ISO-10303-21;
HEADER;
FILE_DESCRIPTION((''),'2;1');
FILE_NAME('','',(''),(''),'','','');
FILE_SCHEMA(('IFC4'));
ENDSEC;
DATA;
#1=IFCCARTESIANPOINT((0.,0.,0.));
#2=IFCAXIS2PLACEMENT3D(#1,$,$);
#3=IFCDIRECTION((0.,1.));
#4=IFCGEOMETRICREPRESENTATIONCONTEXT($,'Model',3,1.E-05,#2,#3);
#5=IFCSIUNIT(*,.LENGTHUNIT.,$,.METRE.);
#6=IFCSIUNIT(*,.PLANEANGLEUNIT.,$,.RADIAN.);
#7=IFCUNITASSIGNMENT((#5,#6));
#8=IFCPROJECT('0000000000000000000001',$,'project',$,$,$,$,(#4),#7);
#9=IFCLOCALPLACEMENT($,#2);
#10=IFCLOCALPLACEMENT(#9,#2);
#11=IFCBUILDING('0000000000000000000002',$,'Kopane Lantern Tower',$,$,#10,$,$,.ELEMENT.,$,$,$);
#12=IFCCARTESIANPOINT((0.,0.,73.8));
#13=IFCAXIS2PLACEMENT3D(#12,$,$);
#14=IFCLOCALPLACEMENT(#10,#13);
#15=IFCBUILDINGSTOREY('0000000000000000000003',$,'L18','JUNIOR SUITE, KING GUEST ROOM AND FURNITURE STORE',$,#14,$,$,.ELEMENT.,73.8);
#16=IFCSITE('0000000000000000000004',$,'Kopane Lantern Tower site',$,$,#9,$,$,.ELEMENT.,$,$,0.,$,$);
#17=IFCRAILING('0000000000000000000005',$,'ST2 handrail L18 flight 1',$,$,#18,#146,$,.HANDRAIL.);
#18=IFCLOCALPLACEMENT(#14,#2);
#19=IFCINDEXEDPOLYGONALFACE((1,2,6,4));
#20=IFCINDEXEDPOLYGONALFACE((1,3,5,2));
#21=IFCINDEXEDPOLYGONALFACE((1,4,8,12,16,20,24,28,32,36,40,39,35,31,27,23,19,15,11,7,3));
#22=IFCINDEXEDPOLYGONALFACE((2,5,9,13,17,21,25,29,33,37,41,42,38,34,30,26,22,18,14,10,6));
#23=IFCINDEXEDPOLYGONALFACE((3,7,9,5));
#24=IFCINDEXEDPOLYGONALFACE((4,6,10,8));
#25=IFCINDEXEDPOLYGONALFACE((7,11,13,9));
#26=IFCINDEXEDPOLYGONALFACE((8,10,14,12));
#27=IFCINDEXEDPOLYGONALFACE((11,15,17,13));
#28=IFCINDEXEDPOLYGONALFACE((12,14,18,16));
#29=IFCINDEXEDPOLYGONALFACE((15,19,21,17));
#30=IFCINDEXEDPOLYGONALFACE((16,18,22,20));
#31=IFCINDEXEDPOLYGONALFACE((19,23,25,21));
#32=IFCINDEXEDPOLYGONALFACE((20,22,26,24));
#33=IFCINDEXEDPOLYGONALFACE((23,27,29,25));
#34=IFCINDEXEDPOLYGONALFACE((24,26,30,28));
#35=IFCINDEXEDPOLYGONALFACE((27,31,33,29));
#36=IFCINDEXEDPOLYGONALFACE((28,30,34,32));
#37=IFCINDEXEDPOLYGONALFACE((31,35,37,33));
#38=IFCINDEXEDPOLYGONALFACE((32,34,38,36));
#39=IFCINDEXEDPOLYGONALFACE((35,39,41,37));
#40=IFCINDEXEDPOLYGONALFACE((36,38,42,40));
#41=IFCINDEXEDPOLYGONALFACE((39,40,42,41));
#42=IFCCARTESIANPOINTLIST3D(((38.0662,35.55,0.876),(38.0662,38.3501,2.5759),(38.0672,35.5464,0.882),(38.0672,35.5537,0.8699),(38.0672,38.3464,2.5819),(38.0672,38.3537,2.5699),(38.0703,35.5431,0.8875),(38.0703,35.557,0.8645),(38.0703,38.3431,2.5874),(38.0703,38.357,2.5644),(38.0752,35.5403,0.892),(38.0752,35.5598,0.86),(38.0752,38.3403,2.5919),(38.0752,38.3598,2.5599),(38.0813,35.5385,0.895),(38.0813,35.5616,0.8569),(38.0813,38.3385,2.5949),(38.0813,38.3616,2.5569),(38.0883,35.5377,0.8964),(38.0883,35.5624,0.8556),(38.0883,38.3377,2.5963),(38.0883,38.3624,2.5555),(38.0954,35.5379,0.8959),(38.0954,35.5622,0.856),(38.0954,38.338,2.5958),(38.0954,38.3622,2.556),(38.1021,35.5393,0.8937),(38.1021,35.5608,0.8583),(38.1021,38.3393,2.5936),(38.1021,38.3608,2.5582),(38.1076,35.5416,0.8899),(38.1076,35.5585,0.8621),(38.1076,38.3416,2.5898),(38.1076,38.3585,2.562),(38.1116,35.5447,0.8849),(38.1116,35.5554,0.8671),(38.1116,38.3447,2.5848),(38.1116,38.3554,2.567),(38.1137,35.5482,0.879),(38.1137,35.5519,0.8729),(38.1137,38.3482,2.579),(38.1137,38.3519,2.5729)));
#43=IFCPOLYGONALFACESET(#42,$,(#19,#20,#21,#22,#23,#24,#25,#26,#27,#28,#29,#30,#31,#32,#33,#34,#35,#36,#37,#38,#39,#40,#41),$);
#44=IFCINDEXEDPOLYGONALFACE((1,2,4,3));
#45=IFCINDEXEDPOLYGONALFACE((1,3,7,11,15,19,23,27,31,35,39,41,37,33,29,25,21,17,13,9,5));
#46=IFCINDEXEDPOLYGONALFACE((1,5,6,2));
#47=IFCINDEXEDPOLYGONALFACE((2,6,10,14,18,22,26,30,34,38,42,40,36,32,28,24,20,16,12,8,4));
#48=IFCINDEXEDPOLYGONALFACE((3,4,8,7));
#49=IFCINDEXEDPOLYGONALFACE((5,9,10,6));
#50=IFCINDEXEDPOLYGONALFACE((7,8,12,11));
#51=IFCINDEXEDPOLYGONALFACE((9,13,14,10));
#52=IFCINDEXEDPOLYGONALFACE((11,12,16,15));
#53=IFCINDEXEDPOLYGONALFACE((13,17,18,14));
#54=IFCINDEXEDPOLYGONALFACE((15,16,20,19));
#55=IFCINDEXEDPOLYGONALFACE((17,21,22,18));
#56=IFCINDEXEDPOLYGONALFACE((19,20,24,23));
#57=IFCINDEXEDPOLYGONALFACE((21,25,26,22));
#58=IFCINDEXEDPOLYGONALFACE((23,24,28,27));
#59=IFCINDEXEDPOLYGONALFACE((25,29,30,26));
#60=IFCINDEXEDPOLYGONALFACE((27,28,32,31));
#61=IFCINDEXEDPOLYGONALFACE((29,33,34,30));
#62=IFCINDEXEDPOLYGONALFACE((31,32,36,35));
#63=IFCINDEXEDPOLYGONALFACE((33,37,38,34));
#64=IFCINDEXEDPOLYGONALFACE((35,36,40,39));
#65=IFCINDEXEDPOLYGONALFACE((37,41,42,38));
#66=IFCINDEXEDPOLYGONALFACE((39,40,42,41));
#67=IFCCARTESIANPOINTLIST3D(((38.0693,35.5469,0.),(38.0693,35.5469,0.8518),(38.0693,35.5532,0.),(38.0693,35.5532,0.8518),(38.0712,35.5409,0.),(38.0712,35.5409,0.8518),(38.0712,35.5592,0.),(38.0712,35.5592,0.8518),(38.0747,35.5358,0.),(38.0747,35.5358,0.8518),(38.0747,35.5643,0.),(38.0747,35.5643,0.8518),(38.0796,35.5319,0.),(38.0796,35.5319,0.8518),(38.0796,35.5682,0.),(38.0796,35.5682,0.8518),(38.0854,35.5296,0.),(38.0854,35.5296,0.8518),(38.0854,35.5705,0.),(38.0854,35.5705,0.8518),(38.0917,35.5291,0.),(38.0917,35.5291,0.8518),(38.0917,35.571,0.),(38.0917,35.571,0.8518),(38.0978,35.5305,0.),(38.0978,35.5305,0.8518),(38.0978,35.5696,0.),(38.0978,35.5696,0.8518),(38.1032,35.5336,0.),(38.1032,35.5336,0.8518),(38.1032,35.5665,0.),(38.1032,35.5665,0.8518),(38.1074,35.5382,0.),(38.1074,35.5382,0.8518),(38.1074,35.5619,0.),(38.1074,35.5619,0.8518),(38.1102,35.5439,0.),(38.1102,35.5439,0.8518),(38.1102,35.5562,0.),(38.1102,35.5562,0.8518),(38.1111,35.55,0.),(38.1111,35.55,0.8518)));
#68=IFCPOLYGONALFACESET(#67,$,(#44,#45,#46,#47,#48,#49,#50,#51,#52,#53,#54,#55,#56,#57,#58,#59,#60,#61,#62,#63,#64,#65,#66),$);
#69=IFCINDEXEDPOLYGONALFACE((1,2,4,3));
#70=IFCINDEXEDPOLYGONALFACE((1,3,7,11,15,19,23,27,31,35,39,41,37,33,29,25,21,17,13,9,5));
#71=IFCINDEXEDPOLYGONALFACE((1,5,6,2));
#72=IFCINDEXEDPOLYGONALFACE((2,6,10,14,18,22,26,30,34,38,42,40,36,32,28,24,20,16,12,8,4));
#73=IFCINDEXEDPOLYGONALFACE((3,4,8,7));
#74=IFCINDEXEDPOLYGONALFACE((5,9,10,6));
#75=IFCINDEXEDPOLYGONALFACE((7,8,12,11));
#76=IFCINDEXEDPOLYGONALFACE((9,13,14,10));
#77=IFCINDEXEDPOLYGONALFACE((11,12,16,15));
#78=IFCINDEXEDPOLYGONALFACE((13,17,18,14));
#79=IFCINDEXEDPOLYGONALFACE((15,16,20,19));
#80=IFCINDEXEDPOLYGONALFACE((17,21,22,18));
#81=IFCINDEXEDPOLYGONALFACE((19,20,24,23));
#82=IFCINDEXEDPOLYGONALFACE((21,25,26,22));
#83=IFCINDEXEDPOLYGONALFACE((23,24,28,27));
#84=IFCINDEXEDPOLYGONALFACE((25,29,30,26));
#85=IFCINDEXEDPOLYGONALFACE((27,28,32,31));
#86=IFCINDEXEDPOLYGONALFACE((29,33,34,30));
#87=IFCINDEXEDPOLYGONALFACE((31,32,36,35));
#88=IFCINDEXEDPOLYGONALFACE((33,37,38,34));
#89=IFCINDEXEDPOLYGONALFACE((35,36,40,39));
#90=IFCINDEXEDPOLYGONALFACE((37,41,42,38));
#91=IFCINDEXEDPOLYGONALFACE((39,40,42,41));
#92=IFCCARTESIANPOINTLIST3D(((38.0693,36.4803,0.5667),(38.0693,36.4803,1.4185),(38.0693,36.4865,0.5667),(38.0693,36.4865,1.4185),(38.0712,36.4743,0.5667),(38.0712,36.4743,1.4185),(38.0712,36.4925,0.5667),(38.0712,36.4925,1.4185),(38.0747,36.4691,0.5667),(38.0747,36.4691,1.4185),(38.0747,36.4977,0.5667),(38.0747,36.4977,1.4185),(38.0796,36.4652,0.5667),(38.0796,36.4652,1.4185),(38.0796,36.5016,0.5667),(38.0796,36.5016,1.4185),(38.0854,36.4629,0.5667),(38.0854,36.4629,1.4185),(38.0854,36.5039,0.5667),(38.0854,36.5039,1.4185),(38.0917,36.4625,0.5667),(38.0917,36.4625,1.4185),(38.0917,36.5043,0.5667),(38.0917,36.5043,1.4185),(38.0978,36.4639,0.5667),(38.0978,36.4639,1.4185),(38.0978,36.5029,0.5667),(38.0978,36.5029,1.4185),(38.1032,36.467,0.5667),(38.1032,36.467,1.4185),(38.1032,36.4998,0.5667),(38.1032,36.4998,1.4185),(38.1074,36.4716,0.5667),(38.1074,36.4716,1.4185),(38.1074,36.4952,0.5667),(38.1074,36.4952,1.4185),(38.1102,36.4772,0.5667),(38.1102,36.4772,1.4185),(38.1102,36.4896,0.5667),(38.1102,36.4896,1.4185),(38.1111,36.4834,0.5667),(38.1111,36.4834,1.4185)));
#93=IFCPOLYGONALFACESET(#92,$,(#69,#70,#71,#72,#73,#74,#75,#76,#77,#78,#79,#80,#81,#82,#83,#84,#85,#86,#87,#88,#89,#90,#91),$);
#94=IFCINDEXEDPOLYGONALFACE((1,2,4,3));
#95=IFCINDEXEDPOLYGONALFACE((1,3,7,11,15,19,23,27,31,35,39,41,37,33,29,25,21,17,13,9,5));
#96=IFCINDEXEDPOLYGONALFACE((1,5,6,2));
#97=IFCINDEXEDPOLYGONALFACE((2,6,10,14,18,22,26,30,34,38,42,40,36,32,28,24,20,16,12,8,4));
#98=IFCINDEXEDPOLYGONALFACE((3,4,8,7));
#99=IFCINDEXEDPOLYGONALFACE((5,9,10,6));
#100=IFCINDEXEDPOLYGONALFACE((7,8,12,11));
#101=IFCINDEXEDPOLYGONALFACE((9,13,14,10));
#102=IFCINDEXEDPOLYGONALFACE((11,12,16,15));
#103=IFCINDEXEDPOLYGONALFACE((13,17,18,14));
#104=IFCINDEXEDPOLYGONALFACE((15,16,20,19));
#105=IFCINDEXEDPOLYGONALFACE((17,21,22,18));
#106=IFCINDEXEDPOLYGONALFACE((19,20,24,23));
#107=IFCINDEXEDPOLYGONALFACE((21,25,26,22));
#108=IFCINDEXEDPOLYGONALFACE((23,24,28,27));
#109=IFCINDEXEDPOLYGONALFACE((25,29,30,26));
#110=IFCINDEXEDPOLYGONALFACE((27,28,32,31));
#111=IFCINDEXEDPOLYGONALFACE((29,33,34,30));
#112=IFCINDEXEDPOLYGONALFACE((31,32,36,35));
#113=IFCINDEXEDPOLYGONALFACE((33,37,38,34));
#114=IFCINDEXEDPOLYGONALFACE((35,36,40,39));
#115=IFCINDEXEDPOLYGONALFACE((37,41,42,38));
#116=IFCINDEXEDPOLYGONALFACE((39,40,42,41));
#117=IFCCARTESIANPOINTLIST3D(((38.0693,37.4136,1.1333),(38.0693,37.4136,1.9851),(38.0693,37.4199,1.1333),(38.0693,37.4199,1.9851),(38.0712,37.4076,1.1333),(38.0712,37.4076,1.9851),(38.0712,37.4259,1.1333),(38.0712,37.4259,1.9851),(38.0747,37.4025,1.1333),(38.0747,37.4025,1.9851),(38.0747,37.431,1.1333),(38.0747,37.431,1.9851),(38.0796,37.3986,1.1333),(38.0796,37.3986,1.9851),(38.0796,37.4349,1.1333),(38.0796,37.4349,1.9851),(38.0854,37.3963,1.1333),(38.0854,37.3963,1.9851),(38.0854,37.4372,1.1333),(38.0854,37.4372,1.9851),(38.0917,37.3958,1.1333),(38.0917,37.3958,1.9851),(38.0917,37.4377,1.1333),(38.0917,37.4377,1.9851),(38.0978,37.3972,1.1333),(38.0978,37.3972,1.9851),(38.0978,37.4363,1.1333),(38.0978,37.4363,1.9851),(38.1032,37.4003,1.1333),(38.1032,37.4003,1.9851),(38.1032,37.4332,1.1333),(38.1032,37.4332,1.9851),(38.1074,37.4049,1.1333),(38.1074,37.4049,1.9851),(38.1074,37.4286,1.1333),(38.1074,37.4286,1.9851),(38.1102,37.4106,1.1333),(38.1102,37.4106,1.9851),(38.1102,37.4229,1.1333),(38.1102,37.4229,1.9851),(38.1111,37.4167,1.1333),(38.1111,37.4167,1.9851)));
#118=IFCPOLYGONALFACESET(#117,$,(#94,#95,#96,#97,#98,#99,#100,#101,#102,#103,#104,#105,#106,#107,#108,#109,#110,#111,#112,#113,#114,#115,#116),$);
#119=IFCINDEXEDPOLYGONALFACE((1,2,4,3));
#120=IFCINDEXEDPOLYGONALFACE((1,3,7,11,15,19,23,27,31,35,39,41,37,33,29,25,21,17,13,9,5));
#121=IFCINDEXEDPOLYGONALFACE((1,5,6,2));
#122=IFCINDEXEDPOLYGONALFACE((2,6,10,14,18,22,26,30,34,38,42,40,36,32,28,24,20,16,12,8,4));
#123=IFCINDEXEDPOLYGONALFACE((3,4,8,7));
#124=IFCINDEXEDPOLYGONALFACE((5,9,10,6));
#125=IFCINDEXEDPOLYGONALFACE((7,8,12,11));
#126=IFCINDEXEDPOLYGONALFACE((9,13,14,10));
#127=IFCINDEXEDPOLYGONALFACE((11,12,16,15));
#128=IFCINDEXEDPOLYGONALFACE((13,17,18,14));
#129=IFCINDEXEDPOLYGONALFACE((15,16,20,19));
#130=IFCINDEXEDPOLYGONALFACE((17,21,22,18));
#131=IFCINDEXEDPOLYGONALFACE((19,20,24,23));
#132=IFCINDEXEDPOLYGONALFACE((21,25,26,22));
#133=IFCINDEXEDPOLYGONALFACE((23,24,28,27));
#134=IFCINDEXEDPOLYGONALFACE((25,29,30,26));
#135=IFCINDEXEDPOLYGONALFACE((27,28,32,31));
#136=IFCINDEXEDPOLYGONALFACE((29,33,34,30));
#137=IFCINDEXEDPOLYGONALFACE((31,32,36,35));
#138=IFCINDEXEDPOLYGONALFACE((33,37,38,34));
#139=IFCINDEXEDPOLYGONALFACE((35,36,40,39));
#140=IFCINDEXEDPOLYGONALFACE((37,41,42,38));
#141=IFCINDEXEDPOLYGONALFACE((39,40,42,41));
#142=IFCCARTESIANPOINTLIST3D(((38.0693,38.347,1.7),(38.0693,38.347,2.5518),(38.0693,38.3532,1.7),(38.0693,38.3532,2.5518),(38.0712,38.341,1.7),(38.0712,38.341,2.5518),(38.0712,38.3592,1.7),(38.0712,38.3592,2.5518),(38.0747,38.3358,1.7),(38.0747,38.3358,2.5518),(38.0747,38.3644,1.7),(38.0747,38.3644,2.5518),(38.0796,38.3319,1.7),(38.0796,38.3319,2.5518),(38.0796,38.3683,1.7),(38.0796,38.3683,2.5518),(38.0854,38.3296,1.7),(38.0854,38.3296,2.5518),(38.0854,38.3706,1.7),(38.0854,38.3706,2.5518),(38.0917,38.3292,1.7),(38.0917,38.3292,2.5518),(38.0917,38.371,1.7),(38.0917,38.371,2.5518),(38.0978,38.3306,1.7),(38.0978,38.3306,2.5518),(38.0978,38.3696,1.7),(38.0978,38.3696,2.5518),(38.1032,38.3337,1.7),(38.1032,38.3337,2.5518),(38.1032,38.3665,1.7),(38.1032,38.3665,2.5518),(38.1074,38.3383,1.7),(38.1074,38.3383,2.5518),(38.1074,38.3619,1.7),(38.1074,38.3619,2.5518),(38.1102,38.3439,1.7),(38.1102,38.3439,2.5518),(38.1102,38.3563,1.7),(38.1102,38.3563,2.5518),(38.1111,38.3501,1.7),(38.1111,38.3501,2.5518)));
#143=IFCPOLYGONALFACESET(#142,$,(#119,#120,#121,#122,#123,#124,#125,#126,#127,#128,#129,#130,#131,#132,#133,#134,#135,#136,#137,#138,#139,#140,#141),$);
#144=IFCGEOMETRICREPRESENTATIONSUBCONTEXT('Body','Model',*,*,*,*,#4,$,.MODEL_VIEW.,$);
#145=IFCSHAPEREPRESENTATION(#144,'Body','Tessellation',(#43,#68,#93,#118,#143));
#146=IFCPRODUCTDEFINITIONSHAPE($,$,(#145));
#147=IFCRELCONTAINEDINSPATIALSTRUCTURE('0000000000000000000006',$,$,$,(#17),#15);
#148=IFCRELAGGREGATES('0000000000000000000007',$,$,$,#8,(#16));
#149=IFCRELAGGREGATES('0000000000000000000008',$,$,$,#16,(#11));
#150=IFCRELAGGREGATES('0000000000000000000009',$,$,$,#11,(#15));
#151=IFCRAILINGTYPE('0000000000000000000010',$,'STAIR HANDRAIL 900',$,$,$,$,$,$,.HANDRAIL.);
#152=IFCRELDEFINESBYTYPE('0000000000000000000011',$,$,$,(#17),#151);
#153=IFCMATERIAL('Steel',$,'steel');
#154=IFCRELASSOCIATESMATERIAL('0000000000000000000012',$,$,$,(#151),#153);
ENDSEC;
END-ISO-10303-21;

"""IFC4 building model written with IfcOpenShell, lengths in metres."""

from ifc_helpers import new_model, si_unit, direction, frame, origin, origin_2d, place, context, subcontext, project, spatial, circle, extrude, material, type_object, element, save


model = new_model("IFC4")

# Units and contexts
model_context = context("Model", 3, precision=1e-05, world=origin(), true_north=direction((0.0, 1.0)))
body_context = subcontext(model_context, "Body", "Model", "MODEL_VIEW")
ifc_project = project(units=[si_unit("LENGTHUNIT", "METRE"), si_unit("PLANEANGLEUNIT", "RADIAN")], contexts=[model_context])

# Site, building, storey
site_placement = place(None, origin())
site = spatial("IfcSite", under=ifc_project, at=site_placement, Name="Kopane Lantern Tower site", CompositionType="ELEMENT", RefElevation=0.0)
building_placement = place(site_placement, origin())
building = spatial("IfcBuilding", under=site, at=building_placement, Name="Kopane Lantern Tower", CompositionType="ELEMENT")
storey_placement = place(building_placement, frame((0.0, 0.0, 73.8)))
storey = spatial("IfcBuildingStorey", under=building, at=storey_placement, Name="L18", Description="JUNIOR SUITE, KING GUEST ROOM AND FURNITURE STORE", CompositionType="ELEMENT", Elevation=73.8)

# Railing
ifc_material_1 = material(Name="Steel", Category="steel")
railing_type_1 = type_object("IfcRailingType", Name="STAIR HANDRAIL 900", PredefinedType="HANDRAIL", material=ifc_material_1)
for number, where, name in (
    (1, (38.0901, 35.55, 0.0), "ST2 handrail L18 flight 1"),
):
    element("IfcRailing", number, at=place(storey_placement, frame(where)), inside=storey, type_object=railing_type_1, Name=name, PredefinedType="HANDRAIL", context=body_context, shape_type="SweptSolid", body=[
        extrude(circle(Radius=0.0239, at=origin_2d()), frame((0.0, 0.0, 0.876), z_axis=(0.0, 0.854798, 0.518961), x_axis=(-1.0, 0.0, 0.0)), (0.0, 0.0, 1.0), 3.2756),
        extrude(circle(Radius=0.021, at=origin_2d()), origin(), (0.0, 0.0, 1.0), 0.8518),
        extrude(circle(Radius=0.021, at=origin_2d()), frame((0.0, 0.9333, 0.5667)), (0.0, 0.0, 1.0), 0.8518),
        extrude(circle(Radius=0.021, at=origin_2d()), frame((0.0, 1.8667, 1.1333)), (0.0, 0.0, 1.0), 0.8518),
        extrude(circle(Radius=0.021, at=origin_2d()), frame((0.0, 2.8, 1.7)), (0.0, 0.0, 1.0), 0.8518),
    ])

save(model, "model.ifc")
